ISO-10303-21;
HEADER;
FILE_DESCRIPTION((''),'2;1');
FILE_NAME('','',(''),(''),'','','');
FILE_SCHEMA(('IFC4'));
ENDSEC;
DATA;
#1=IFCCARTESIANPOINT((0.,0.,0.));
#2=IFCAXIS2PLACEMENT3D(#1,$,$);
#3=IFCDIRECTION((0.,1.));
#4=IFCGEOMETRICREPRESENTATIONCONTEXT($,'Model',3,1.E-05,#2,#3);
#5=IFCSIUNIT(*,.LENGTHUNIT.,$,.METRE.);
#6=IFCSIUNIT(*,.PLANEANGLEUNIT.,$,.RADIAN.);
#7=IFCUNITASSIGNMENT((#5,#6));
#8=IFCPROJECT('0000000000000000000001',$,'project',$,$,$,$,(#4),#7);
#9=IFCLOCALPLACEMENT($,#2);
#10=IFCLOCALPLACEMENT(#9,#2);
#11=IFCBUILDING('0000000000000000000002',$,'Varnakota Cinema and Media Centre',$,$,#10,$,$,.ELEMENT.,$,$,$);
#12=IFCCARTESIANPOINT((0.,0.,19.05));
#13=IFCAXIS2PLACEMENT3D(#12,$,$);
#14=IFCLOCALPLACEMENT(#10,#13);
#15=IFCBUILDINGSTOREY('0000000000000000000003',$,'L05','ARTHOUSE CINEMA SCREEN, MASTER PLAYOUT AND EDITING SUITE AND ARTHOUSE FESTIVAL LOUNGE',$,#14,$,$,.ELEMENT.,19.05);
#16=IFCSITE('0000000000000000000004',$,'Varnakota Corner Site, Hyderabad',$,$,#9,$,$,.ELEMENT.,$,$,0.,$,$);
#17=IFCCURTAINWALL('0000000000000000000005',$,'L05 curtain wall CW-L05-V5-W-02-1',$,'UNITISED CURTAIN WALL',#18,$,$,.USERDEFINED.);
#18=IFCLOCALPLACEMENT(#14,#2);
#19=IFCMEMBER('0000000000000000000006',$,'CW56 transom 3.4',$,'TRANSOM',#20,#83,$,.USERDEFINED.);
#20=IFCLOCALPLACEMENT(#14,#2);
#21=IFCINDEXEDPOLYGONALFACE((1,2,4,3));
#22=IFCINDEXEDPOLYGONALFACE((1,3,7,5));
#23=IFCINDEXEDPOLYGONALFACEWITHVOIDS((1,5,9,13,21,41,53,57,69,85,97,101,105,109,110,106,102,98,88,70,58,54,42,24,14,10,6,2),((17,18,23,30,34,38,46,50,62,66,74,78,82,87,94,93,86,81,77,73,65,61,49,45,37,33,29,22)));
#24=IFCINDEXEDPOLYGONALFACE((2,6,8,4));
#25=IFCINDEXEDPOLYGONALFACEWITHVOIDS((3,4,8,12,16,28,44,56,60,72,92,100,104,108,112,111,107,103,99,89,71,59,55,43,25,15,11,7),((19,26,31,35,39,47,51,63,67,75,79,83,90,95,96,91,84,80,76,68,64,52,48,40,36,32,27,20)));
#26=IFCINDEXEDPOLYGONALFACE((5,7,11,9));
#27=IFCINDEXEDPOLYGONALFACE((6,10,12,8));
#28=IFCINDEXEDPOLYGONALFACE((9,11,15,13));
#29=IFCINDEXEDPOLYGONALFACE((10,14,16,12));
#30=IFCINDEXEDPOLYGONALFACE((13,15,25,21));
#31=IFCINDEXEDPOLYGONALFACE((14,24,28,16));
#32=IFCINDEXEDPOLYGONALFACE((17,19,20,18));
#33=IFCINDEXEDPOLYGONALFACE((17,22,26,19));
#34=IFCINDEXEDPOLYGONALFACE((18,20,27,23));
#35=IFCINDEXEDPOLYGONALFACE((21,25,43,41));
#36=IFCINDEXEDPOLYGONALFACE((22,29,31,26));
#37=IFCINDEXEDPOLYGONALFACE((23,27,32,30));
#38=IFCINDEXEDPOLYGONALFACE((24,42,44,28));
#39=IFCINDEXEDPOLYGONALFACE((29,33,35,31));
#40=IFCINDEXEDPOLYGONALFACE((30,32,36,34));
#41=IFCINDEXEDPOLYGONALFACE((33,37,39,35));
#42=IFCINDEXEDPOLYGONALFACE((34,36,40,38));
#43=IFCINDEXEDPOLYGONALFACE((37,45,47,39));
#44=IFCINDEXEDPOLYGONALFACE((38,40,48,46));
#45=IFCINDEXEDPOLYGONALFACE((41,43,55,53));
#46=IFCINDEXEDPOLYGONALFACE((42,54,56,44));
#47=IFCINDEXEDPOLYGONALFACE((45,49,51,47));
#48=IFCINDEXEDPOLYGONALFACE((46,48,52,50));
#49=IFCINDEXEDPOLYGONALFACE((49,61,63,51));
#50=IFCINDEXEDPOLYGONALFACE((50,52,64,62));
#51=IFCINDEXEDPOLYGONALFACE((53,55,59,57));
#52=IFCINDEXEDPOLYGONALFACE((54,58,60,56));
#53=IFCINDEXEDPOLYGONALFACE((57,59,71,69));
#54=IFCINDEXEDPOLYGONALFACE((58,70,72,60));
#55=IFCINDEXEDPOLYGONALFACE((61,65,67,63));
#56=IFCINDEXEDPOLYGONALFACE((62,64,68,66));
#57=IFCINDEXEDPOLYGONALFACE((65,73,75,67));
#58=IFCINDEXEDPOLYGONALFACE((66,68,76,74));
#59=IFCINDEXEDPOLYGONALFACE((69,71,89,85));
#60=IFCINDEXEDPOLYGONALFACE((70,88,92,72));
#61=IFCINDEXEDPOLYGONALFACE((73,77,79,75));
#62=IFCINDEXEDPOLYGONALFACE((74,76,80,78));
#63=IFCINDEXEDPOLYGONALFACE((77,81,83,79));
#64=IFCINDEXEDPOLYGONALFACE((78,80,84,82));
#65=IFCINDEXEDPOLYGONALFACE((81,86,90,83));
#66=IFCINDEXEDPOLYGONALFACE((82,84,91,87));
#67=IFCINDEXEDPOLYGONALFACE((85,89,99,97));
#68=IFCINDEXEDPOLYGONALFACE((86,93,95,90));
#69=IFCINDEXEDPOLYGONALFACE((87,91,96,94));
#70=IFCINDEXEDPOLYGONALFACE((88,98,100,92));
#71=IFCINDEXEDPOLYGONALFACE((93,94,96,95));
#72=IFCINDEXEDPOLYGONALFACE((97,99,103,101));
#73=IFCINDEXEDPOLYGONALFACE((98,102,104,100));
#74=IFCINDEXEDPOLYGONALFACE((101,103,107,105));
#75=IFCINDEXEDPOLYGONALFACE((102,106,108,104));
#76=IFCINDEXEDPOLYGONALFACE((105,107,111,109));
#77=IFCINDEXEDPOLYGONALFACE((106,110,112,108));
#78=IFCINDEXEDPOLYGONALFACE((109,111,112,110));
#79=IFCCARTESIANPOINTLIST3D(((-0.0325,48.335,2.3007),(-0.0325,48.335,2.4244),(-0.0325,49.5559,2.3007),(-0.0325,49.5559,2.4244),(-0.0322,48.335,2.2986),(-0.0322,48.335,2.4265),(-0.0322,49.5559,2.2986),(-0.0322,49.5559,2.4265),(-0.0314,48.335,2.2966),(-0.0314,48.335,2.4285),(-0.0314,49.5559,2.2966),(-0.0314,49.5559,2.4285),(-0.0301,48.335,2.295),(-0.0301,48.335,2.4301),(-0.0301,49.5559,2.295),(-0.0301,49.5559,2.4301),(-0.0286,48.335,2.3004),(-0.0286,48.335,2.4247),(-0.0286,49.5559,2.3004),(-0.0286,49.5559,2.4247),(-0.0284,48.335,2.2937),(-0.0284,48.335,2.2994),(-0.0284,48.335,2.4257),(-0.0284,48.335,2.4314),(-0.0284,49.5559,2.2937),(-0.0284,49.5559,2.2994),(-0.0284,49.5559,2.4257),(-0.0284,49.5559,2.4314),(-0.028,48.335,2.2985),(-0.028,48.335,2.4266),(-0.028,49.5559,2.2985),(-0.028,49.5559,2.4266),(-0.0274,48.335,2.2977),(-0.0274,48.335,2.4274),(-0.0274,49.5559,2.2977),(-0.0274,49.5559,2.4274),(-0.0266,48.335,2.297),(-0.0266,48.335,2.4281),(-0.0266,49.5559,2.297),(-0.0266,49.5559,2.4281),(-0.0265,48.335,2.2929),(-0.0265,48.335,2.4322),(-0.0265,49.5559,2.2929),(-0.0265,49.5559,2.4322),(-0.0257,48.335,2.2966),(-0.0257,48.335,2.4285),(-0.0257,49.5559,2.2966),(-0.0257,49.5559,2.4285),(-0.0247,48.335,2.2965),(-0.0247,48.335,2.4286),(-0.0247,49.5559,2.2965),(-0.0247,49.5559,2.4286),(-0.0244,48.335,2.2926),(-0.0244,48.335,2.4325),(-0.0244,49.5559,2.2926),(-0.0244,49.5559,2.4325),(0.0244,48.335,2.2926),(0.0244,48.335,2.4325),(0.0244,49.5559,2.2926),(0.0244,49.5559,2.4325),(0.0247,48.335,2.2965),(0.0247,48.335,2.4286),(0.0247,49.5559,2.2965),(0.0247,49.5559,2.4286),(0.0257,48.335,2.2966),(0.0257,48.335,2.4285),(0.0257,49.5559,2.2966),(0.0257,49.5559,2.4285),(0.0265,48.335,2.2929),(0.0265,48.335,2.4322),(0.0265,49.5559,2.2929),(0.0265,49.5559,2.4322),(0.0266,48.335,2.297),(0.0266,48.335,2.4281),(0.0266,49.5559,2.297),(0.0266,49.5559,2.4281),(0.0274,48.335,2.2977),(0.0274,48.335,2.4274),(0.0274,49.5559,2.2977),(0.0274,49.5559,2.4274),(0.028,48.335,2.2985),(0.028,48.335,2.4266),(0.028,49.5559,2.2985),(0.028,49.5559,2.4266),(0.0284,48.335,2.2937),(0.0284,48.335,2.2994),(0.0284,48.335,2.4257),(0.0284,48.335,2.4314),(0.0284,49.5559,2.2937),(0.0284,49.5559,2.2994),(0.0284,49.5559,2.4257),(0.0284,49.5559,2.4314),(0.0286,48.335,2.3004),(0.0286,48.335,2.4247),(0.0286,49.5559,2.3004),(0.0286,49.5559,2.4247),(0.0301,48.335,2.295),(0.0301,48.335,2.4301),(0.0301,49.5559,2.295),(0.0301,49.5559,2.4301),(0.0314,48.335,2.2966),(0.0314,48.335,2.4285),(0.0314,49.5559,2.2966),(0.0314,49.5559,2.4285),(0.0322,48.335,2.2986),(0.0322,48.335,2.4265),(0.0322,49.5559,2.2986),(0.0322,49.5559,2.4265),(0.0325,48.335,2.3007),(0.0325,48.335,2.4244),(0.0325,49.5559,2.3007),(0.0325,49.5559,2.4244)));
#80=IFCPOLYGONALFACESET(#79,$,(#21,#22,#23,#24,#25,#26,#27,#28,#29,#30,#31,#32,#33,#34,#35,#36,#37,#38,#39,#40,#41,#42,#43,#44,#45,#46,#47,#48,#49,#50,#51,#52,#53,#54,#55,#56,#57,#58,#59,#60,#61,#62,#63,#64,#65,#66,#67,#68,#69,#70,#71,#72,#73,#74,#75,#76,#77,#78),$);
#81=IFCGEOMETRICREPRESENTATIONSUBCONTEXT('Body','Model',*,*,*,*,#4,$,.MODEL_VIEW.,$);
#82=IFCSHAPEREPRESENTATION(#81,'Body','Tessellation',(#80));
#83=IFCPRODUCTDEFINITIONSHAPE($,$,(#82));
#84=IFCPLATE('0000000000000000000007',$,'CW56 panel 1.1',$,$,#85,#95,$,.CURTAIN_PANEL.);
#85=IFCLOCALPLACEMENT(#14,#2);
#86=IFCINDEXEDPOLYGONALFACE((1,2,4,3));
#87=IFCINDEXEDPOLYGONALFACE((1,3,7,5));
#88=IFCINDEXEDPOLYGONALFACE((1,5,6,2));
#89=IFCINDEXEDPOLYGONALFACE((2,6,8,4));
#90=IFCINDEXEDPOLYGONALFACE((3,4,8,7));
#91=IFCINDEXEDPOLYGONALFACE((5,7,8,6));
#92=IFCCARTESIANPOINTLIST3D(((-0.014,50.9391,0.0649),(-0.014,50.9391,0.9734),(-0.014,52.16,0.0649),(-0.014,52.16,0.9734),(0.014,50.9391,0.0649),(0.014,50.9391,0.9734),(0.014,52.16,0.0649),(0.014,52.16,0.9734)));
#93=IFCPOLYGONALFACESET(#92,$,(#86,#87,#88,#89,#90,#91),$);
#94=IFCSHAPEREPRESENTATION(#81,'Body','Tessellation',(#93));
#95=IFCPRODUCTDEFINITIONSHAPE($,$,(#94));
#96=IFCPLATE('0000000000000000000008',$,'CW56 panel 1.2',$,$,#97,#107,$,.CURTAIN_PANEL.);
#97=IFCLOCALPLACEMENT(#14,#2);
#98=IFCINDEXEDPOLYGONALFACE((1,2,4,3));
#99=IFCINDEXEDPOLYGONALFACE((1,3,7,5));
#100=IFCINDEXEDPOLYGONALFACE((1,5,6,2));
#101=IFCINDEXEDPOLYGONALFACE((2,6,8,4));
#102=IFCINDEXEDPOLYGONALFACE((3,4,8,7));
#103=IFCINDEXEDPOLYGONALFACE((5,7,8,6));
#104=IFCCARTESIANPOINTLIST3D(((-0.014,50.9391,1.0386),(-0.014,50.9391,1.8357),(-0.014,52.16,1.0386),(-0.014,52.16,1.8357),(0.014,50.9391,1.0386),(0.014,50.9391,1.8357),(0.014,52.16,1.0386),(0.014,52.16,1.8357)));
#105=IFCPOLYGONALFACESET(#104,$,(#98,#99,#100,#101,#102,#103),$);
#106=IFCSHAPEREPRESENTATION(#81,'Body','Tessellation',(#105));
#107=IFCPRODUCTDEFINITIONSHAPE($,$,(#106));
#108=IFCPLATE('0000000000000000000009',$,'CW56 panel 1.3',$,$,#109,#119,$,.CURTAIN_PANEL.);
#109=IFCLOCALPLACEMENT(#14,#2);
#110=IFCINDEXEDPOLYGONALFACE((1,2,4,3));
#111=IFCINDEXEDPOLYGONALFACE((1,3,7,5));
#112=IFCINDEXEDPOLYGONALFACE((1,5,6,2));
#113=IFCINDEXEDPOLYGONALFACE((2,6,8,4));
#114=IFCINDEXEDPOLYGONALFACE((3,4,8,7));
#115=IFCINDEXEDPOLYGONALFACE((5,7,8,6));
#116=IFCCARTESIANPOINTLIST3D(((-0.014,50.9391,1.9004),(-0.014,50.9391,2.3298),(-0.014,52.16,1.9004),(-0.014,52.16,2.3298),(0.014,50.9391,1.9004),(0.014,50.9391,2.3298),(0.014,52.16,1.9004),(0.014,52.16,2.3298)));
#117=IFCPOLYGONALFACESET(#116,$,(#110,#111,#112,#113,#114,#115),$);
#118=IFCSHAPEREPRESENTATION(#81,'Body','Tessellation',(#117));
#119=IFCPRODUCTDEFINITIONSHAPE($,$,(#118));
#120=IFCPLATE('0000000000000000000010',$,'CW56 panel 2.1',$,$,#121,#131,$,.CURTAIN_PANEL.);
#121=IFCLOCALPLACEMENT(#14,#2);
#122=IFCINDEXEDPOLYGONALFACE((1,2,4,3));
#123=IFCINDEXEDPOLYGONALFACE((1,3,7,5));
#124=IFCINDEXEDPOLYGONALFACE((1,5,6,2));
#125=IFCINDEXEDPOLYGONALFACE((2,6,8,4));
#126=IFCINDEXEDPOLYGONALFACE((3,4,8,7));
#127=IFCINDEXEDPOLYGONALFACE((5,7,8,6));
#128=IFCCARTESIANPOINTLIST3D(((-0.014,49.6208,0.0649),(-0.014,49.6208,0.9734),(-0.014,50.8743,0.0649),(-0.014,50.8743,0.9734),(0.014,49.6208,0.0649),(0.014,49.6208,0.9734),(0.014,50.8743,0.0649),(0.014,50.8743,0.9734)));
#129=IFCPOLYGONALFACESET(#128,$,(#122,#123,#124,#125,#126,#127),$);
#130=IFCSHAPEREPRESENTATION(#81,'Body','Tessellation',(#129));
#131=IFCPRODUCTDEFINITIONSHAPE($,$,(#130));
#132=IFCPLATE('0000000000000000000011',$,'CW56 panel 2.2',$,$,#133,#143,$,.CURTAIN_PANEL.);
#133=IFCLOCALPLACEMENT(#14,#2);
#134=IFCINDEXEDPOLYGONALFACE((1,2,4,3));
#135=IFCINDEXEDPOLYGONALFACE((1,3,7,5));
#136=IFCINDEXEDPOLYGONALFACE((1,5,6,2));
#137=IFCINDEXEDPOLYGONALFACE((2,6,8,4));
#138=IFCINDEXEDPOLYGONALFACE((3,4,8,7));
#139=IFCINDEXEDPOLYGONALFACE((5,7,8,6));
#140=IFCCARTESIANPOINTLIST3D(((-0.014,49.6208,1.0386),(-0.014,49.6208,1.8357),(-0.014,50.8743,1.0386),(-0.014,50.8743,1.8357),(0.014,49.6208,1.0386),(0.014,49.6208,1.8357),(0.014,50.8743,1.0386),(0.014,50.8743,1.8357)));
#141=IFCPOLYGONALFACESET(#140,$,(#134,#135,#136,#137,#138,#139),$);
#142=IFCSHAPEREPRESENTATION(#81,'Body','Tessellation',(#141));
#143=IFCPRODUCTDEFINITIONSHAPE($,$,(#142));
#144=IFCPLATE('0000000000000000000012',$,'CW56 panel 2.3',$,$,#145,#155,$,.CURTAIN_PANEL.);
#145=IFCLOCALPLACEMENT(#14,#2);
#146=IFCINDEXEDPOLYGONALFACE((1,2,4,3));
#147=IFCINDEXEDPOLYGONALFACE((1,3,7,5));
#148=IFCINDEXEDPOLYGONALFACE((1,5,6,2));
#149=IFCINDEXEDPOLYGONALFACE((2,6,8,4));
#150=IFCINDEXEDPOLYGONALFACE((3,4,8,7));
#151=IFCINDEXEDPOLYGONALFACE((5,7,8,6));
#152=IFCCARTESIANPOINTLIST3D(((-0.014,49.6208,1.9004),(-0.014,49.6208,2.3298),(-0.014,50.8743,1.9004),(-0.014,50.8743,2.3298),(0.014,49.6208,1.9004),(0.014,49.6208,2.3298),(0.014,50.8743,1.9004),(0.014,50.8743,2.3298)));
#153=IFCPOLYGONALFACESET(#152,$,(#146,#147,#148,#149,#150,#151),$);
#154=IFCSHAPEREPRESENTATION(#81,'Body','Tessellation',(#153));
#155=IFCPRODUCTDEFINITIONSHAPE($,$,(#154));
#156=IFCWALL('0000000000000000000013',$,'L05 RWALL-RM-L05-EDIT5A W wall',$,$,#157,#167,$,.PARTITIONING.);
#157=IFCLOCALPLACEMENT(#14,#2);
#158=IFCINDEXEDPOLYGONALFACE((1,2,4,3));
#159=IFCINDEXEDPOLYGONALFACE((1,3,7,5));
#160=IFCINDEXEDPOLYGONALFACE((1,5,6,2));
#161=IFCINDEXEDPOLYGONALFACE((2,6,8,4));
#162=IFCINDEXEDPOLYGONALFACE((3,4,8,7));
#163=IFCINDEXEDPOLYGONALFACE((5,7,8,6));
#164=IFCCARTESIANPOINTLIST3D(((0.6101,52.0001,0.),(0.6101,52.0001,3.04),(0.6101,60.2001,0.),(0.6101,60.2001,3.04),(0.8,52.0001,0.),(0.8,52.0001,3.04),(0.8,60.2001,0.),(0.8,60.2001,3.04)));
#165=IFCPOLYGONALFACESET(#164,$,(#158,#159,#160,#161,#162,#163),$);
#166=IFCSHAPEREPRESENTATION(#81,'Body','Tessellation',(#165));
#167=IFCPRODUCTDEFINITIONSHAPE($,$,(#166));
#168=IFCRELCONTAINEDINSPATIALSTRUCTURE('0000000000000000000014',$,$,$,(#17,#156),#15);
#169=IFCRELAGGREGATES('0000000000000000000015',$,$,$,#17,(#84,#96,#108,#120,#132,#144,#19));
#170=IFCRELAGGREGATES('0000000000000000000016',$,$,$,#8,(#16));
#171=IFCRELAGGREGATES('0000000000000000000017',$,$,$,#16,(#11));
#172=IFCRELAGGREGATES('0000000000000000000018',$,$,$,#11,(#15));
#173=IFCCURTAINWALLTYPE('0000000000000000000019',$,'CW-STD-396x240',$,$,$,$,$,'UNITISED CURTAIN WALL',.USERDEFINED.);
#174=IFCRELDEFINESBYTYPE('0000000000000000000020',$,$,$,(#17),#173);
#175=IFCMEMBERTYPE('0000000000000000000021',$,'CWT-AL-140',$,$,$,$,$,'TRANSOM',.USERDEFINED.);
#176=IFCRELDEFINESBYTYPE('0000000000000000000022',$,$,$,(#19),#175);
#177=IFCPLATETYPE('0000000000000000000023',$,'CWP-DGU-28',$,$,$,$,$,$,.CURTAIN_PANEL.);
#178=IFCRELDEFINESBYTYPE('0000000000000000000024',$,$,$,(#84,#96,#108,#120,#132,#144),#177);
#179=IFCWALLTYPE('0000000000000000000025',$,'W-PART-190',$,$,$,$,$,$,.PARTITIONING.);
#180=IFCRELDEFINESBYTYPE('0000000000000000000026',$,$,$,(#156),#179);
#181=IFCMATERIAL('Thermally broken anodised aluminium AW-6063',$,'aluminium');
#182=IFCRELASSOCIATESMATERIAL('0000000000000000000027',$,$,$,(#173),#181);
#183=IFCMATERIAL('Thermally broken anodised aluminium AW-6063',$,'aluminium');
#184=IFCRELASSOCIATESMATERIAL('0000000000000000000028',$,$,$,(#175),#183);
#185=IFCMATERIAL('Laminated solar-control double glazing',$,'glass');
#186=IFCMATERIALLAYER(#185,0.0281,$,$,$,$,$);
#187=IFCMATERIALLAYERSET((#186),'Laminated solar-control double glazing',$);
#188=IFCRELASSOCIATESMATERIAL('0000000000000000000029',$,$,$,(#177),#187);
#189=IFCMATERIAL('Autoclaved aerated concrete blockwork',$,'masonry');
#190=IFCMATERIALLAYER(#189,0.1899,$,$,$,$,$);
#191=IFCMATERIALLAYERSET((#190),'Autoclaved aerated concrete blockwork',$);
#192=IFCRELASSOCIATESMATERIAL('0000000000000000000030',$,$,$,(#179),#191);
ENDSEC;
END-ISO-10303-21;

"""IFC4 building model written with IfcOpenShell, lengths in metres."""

from ifc_helpers import new_model, si_unit, direction, frame, frame_2d, origin, origin_2d, place, context, subcontext, project, spatial, rectangle, hollow_rectangle, extrude, material, layer, layer_set, material_profile, profile_set, type_object, element, aggregate, save


model = new_model("IFC4")

# Units and contexts
model_context = context("Model", 3, precision=1e-05, world=origin(), true_north=direction((0.0, 1.0)))
body_context = subcontext(model_context, "Body", "Model", "MODEL_VIEW")
ifc_project = project(units=[si_unit("LENGTHUNIT", "METRE"), si_unit("PLANEANGLEUNIT", "RADIAN")], contexts=[model_context])

# Site, building, storey
site_placement = place(None, origin())
site = spatial("IfcSite", under=ifc_project, at=site_placement, Name="Varnakota Corner Site, Hyderabad", CompositionType="ELEMENT", RefElevation=0.0)
building_placement = place(site_placement, origin())
building = spatial("IfcBuilding", under=site, at=building_placement, Name="Varnakota Cinema and Media Centre", CompositionType="ELEMENT")
storey_placement = place(building_placement, frame((0.0, 0.0, 19.05)))
storey = spatial("IfcBuildingStorey", under=building, at=storey_placement, Name="L05", Description="ARTHOUSE CINEMA SCREEN, MASTER PLAYOUT AND EDITING SUITE AND ARTHOUSE FESTIVAL LOUNGE", CompositionType="ELEMENT", Elevation=19.05)

# Curtain wall, member, plates
ifc_material_1 = material(Name="Thermally broken anodised aluminium AW-6063", Category="aluminium")
curtain_wall_type = type_object("IfcCurtainWallType", Name="CW-STD-396x240", ElementType="UNITISED CURTAIN WALL", PredefinedType="USERDEFINED", material=ifc_material_1)
curtain_wall_placement = place(storey_placement, origin())
curtain_wall = element("IfcCurtainWall", 1, at=curtain_wall_placement, inside=storey, type_object=curtain_wall_type, Name="L05 curtain wall CW-L05-V5-W-02-1", ObjectType="UNITISED CURTAIN WALL", PredefinedType="USERDEFINED")
ifc_material_2 = material(Name="Thermally broken anodised aluminium AW-6063", Category="aluminium")
ifc_material_profile_1 = material_profile(ifc_material_2, hollow_rectangle(XDim=0.0649, YDim=0.1399, WallThickness=0.0039, InnerFilletRadius=0.0039, OuterFilletRadius=0.0081, at=origin_2d()), Name="AL-TRANSOM 140x65x4")
ifc_profile_set_1 = profile_set([ifc_material_profile_1], Name="Thermally broken anodised aluminium AW-6063")
member_type_1 = type_object("IfcMemberType", Name="CWT-AL-140", ElementType="TRANSOM", PredefinedType="USERDEFINED", material=ifc_profile_set_1)
member_1_placement = place(storey_placement, frame((0.0, 49.5559, 2.3625), z_axis=(0.0, -1.0, 0.0), x_axis=(1.0, 0.0, 0.0)))
member_1 = element("IfcMember", 2, at=member_1_placement, type_object=member_type_1, Name="CW56 transom 3.4", ObjectType="TRANSOM", PredefinedType="USERDEFINED", context=body_context, shape_type="SweptSolid", body=[
    extrude(hollow_rectangle(XDim=0.0649, YDim=0.1399, WallThickness=0.0039, InnerFilletRadius=0.0039, OuterFilletRadius=0.0081, at=origin_2d()), origin(), (0.0, 0.0, 1.0), 1.2209),
])
ifc_material_3 = material(Name="Laminated solar-control double glazing", Category="glass")
ifc_layer_1 = layer(ifc_material_3, 0.0281)
ifc_layer_set_1 = layer_set([ifc_layer_1], Name="Laminated solar-control double glazing")
plate_type = type_object("IfcPlateType", Name="CWP-DGU-28", PredefinedType="CURTAIN_PANEL", material=ifc_layer_set_1)
plate_1_placement = place(storey_placement, frame((0.0, 51.5496, 0.0649), z_axis=(0.0, 0.0, 1.0), x_axis=(0.0, -1.0, 0.0)))
plate_1 = element("IfcPlate", 3, at=plate_1_placement, type_object=plate_type, Name="CW56 panel 1.1", PredefinedType="CURTAIN_PANEL", context=body_context, shape_type="SweptSolid", body=[
    extrude(rectangle(XDim=1.2209, YDim=0.0281, at=origin_2d()), origin(), (0.0, 0.0, 1.0), 0.9084),
])
plate_2_placement = place(storey_placement, frame((0.0, 51.5496, 1.0386), z_axis=(0.0, 0.0, 1.0), x_axis=(0.0, -1.0, 0.0)))
plate_2 = element("IfcPlate", 4, at=plate_2_placement, type_object=plate_type, Name="CW56 panel 1.2", PredefinedType="CURTAIN_PANEL", context=body_context, shape_type="SweptSolid", body=[
    extrude(rectangle(XDim=1.2209, YDim=0.0281, at=origin_2d()), origin(), (0.0, 0.0, 1.0), 0.7971),
])
plate_3_placement = place(storey_placement, frame((0.0, 51.5496, 1.9004), z_axis=(0.0, 0.0, 1.0), x_axis=(0.0, -1.0, 0.0)))
plate_3 = element("IfcPlate", 5, at=plate_3_placement, type_object=plate_type, Name="CW56 panel 1.3", PredefinedType="CURTAIN_PANEL", context=body_context, shape_type="SweptSolid", body=[
    extrude(rectangle(XDim=1.2209, YDim=0.0281, at=origin_2d()), origin(), (0.0, 0.0, 1.0), 0.4294),
])
plate_4_placement = place(storey_placement, frame((0.0, 50.2476, 0.0649), z_axis=(0.0, 0.0, 1.0), x_axis=(0.0, -1.0, 0.0)))
plate_4 = element("IfcPlate", 6, at=plate_4_placement, type_object=plate_type, Name="CW56 panel 2.1", PredefinedType="CURTAIN_PANEL", context=body_context, shape_type="SweptSolid", body=[
    extrude(rectangle(XDim=1.2534, YDim=0.0281, at=origin_2d()), origin(), (0.0, 0.0, 1.0), 0.9084),
])
plate_5_placement = place(storey_placement, frame((0.0, 50.2476, 1.0386), z_axis=(0.0, 0.0, 1.0), x_axis=(0.0, -1.0, 0.0)))
plate_5 = element("IfcPlate", 7, at=plate_5_placement, type_object=plate_type, Name="CW56 panel 2.2", PredefinedType="CURTAIN_PANEL", context=body_context, shape_type="SweptSolid", body=[
    extrude(rectangle(XDim=1.2534, YDim=0.0281, at=origin_2d()), origin(), (0.0, 0.0, 1.0), 0.7971),
])
plate_6_placement = place(storey_placement, frame((0.0, 50.2476, 1.9004), z_axis=(0.0, 0.0, 1.0), x_axis=(0.0, -1.0, 0.0)))
plate_6 = element("IfcPlate", 8, at=plate_6_placement, type_object=plate_type, Name="CW56 panel 2.3", PredefinedType="CURTAIN_PANEL", context=body_context, shape_type="SweptSolid", body=[
    extrude(rectangle(XDim=1.2534, YDim=0.0281, at=origin_2d()), origin(), (0.0, 0.0, 1.0), 0.4294),
])
aggregate(curtain_wall, [plate_1, plate_2, plate_3, plate_4, plate_5, plate_6, member_1])

# Wall
ifc_material_4 = material(Name="Autoclaved aerated concrete blockwork", Category="masonry")
ifc_layer_2 = layer(ifc_material_4, 0.1899)
ifc_layer_set_2 = layer_set([ifc_layer_2], Name="Autoclaved aerated concrete blockwork")
wall_type = type_object("IfcWallType", Name="W-PART-190", PredefinedType="PARTITIONING", material=ifc_layer_set_2)
wall_placement = place(storey_placement, frame((0.7051, 52.0, 0.0), z_axis=(0.0, 0.0, 1.0), x_axis=(0.0, 1.0, 0.0)))
element("IfcWall", 9, at=wall_placement, inside=storey, type_object=wall_type, Name="L05 RWALL-RM-L05-EDIT5A W wall", PredefinedType="PARTITIONING", context=body_context, shape_type="SweptSolid", body=[
    extrude(rectangle(XDim=8.2, YDim=0.1899, at=frame_2d((4.1001, 0.0))), origin(), (0.0, 0.0, 1.0), 3.04),
])

save(model, "model.ifc")
